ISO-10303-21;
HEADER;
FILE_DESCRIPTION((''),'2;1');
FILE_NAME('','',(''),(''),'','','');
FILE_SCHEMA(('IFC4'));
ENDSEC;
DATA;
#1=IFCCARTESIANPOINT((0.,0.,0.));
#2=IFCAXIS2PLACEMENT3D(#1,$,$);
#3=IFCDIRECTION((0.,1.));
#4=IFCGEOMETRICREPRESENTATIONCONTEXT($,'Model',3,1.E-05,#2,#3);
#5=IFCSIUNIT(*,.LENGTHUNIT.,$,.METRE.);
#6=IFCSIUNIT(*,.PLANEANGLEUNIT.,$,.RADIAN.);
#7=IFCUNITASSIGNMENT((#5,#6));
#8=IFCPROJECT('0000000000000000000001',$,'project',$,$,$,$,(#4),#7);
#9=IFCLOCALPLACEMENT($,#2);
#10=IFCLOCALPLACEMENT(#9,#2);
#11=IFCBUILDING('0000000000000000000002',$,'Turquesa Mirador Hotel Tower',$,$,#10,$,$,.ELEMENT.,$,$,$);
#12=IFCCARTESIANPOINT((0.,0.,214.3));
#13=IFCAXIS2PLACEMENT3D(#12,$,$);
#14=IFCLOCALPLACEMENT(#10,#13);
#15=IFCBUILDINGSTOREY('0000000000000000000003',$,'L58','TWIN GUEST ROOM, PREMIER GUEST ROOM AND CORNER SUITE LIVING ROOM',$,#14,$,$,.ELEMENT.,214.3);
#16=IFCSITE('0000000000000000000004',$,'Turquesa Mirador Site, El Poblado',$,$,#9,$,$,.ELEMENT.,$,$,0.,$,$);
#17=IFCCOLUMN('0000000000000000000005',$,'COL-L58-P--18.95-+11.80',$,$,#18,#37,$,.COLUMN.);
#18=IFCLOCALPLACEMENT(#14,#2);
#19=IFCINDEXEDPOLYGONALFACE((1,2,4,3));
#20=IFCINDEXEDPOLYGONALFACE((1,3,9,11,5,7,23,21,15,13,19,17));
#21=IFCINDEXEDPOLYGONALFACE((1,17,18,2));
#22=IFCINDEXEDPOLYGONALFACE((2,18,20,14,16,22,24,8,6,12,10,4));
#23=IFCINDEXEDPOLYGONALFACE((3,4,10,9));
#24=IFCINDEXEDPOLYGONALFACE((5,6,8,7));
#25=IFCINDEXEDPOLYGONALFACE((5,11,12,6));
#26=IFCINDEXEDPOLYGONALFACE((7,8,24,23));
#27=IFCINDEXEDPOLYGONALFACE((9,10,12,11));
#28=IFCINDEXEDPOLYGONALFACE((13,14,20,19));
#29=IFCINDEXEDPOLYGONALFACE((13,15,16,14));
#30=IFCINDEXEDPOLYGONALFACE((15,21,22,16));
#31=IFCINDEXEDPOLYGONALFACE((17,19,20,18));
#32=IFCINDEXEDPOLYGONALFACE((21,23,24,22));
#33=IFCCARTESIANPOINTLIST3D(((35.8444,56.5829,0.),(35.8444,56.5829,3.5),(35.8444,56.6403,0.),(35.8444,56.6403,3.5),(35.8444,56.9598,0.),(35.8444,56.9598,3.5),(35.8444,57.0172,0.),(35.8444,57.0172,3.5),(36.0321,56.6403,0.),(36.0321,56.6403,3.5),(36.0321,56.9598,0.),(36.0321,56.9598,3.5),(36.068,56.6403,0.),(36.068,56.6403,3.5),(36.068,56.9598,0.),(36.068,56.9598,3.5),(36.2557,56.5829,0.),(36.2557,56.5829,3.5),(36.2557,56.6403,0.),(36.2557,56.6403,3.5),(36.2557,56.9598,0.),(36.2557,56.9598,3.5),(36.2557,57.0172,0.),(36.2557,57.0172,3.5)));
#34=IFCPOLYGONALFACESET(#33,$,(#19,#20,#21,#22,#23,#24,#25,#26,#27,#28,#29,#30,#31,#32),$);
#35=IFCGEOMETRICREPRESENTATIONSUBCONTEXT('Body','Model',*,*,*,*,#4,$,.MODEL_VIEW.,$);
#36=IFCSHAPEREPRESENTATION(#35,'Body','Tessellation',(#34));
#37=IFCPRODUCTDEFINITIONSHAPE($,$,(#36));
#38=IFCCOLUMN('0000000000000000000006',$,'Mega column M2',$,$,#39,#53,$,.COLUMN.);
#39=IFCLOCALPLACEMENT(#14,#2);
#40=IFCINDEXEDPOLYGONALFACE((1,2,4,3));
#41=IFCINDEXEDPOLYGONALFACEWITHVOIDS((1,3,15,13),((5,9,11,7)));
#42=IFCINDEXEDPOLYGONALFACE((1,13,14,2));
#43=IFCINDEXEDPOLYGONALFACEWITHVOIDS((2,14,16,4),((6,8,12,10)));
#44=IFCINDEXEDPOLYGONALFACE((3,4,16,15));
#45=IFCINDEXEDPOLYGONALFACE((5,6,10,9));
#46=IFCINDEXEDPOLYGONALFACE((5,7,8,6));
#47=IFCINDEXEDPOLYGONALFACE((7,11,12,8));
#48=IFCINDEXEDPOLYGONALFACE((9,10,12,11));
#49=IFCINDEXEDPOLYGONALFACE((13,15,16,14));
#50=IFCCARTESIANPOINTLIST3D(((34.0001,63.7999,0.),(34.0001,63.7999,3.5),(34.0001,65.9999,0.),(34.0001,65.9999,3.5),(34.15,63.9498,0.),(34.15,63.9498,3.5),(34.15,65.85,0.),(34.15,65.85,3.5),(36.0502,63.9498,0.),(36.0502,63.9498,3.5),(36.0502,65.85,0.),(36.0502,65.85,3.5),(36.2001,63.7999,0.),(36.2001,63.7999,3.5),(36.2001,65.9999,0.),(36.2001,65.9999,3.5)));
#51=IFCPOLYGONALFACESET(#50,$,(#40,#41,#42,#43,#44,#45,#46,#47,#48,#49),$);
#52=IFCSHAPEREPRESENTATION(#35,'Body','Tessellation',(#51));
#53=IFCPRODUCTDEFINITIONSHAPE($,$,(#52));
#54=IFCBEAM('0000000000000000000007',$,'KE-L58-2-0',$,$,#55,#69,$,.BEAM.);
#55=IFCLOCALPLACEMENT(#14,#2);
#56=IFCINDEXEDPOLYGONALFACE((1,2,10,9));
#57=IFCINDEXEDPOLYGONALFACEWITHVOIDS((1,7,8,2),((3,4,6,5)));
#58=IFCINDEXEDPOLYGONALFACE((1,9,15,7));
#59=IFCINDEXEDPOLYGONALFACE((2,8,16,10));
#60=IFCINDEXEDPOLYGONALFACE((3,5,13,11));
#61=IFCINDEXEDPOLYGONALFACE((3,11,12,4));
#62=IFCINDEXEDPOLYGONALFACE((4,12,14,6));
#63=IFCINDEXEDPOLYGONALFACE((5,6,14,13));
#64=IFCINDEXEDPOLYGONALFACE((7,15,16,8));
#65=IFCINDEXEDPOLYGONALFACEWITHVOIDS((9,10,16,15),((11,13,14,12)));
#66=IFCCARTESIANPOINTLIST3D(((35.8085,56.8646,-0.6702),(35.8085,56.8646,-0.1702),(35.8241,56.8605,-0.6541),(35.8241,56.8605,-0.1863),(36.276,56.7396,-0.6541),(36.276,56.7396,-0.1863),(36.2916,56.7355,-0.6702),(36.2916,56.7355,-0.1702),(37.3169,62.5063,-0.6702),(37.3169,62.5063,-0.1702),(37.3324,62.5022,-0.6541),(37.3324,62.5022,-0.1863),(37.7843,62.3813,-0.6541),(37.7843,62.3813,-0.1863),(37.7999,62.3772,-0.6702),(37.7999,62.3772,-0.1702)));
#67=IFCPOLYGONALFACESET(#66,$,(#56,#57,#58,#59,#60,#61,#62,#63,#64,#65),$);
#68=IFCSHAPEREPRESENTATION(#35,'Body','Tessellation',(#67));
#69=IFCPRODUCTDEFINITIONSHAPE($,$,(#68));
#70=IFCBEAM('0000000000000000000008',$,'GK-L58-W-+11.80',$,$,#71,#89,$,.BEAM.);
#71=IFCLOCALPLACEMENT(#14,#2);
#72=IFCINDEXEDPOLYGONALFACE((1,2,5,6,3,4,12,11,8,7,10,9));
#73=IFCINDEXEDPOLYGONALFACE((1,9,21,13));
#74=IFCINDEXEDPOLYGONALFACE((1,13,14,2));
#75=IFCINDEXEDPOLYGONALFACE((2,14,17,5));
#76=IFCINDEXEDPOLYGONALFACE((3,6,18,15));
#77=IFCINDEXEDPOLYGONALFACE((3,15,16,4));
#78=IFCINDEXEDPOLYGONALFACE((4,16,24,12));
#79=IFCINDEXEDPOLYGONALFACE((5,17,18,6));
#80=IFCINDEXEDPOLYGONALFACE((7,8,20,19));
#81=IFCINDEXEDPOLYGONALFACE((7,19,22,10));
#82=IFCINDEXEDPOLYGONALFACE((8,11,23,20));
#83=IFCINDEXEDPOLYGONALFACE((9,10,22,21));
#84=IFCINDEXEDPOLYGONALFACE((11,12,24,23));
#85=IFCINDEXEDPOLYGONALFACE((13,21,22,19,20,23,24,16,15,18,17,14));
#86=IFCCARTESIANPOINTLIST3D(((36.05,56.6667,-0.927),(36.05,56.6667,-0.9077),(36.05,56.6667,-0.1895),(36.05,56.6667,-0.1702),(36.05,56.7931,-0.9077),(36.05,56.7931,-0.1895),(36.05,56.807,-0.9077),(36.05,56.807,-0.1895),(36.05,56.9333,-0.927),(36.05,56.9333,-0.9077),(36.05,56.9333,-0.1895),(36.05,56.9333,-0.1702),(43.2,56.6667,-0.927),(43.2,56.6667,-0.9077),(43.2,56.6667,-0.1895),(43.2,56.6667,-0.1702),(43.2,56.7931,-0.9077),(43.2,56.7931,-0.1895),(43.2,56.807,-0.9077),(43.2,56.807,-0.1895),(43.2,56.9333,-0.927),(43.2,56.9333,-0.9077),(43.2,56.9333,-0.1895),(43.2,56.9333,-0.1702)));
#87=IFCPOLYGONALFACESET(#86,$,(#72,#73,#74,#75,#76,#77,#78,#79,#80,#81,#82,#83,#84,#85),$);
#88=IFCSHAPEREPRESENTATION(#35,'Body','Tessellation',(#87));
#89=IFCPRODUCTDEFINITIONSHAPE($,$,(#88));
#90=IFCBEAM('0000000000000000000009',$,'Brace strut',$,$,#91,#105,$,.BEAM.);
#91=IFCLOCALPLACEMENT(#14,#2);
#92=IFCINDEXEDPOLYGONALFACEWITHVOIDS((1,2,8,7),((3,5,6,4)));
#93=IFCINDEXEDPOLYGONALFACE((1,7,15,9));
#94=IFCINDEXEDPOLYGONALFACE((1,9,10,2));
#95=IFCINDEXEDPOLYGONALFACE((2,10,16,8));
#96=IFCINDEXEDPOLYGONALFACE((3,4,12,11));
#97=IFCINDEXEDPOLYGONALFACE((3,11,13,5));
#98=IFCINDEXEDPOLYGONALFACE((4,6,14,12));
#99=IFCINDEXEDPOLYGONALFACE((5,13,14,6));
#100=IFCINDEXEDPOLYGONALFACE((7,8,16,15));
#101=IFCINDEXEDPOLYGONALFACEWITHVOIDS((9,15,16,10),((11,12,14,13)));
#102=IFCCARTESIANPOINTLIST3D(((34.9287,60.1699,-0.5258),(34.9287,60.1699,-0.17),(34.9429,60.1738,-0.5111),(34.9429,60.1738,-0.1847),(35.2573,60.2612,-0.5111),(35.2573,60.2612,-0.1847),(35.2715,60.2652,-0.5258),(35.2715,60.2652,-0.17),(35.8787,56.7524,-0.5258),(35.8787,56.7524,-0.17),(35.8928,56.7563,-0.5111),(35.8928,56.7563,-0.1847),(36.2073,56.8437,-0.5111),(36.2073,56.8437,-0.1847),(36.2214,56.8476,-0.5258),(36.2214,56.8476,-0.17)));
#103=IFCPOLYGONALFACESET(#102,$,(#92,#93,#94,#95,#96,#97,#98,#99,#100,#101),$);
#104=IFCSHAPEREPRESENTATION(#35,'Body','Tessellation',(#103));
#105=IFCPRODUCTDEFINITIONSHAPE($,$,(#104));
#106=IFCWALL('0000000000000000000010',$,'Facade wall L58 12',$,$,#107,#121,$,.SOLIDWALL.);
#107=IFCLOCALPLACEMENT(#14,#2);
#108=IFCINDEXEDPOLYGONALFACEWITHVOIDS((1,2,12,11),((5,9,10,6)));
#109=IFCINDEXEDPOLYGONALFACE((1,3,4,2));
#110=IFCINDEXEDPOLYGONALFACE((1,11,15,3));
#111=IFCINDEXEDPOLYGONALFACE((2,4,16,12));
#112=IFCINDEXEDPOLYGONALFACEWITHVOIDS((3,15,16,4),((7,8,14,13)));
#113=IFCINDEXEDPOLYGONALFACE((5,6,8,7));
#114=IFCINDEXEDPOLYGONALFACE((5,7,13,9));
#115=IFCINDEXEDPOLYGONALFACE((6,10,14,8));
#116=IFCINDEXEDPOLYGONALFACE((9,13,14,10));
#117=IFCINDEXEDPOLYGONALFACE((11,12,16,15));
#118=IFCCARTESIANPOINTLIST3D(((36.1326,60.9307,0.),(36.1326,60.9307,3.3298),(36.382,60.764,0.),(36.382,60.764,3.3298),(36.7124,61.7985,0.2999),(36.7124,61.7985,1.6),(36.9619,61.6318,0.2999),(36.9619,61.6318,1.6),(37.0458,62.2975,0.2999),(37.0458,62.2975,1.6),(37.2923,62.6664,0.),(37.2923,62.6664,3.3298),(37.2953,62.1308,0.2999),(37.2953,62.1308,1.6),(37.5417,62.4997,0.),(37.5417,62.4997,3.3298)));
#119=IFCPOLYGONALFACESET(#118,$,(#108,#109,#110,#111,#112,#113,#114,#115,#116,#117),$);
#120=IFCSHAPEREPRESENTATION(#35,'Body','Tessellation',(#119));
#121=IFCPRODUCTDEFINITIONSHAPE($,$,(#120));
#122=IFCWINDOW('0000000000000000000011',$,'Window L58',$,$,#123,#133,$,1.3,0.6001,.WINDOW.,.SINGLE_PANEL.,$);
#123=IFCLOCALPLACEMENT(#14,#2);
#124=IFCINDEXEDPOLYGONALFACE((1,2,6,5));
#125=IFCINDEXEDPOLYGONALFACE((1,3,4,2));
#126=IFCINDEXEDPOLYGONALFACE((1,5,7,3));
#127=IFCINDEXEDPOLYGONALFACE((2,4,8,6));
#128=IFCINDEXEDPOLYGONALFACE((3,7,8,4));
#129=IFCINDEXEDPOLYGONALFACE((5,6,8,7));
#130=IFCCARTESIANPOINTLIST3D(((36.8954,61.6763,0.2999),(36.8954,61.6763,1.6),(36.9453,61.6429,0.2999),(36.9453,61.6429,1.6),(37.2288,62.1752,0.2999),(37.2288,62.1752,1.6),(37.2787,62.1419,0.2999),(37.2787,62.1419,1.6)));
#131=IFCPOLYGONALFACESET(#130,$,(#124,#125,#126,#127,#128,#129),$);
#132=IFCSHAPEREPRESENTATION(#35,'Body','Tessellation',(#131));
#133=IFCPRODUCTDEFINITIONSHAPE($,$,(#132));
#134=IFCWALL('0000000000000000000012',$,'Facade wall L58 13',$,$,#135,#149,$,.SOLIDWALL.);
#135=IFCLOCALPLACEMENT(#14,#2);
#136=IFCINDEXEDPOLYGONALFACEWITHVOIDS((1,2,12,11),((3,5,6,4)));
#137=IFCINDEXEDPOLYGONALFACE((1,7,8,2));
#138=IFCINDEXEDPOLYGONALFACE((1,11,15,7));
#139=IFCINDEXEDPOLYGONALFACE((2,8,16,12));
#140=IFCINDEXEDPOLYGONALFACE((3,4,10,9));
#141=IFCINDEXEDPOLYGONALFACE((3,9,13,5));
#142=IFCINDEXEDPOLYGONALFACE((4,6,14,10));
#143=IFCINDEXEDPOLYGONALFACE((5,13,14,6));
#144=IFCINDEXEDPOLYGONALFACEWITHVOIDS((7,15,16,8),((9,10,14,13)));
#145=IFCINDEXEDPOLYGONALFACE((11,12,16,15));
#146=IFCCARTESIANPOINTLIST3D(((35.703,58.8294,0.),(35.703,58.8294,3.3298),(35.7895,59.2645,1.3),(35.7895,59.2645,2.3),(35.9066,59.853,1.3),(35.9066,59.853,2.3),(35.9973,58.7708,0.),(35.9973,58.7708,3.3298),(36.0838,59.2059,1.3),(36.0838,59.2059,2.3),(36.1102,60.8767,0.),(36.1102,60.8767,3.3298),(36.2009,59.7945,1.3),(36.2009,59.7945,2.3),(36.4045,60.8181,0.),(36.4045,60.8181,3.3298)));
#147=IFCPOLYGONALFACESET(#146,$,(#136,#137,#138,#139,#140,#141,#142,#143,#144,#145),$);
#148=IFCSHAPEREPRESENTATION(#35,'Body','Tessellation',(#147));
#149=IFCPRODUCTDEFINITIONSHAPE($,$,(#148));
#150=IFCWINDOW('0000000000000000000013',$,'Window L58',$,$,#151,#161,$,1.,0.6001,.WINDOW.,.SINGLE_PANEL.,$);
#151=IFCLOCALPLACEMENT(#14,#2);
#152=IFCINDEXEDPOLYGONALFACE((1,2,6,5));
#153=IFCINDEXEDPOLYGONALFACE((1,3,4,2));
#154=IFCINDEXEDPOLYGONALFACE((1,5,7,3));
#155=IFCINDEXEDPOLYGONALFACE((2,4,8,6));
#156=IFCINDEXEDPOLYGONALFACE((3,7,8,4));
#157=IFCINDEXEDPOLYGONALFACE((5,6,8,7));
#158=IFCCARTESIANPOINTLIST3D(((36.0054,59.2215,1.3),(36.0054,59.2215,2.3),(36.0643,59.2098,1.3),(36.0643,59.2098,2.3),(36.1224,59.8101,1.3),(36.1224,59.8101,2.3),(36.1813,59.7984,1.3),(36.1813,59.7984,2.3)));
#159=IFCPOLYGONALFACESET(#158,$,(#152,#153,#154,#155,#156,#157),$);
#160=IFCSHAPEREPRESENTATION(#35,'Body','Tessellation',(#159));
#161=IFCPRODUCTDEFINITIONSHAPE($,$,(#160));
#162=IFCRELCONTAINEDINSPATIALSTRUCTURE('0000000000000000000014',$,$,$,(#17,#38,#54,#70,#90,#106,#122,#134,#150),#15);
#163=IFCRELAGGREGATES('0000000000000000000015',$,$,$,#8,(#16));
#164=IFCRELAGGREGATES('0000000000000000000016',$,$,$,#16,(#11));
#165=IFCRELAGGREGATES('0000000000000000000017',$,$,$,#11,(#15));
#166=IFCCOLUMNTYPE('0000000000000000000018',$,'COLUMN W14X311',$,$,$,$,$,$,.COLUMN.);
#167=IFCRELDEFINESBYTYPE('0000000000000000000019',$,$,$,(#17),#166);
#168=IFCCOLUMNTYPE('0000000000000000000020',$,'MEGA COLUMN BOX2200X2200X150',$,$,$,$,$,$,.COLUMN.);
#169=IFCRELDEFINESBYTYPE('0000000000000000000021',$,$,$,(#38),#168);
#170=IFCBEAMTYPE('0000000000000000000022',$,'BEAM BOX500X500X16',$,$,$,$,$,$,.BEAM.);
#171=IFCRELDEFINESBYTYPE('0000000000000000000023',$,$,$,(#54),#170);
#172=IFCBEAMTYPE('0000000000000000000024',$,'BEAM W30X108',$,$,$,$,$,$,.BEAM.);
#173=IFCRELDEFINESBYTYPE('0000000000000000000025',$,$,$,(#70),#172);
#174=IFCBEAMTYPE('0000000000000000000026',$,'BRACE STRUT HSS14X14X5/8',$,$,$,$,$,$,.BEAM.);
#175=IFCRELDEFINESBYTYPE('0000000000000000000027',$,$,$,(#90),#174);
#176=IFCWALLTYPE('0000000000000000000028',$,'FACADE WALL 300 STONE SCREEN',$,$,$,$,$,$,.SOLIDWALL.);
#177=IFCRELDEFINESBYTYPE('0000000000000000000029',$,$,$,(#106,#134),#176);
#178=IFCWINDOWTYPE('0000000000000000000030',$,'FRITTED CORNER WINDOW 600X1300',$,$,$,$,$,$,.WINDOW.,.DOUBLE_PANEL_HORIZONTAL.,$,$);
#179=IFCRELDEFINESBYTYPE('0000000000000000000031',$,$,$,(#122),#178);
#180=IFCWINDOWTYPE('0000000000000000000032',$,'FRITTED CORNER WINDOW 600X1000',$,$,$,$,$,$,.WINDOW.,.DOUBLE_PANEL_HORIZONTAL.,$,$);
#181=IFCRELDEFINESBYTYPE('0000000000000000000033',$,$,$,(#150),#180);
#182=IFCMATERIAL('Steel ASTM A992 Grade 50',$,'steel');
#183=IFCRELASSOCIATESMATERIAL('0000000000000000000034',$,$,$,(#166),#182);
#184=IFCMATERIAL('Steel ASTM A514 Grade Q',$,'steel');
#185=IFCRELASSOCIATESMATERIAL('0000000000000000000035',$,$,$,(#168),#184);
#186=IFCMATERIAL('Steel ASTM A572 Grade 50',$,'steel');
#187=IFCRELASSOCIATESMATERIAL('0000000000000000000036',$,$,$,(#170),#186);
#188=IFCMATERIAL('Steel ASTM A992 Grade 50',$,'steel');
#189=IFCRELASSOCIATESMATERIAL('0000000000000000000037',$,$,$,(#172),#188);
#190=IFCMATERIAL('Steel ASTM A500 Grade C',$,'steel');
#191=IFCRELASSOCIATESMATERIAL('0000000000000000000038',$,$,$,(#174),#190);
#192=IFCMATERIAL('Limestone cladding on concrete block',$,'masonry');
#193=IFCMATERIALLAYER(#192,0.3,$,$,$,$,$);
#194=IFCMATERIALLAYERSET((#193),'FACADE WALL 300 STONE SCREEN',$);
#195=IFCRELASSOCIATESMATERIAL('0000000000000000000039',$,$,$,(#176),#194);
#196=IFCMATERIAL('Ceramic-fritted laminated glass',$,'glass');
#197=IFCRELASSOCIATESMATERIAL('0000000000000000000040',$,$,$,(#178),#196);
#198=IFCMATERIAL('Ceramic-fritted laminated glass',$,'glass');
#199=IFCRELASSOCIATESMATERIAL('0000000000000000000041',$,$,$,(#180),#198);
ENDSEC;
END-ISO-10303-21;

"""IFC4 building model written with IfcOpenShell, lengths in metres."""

from ifc_helpers import new_model, si_unit, direction, frame, frame_2d, origin, origin_2d, place, context, subcontext, project, spatial, rectangle, hollow_rectangle, i_section, extrude, material, layer, layer_set, material_profile, profile_set, type_object, element, fill, save


model = new_model("IFC4")

# Units and contexts
model_context = context("Model", 3, precision=1e-05, world=origin(), true_north=direction((0.0, 1.0)))
body_context = subcontext(model_context, "Body", "Model", "MODEL_VIEW")
ifc_project = project(units=[si_unit("LENGTHUNIT", "METRE"), si_unit("PLANEANGLEUNIT", "RADIAN")], contexts=[model_context])

# Site, building, storey
site_placement = place(None, origin())
site = spatial("IfcSite", under=ifc_project, at=site_placement, Name="Turquesa Mirador Site, El Poblado", CompositionType="ELEMENT", RefElevation=0.0)
building_placement = place(site_placement, origin())
building = spatial("IfcBuilding", under=site, at=building_placement, Name="Turquesa Mirador Hotel Tower", CompositionType="ELEMENT")
storey_placement = place(building_placement, frame((0.0, 0.0, 214.3)))
storey = spatial("IfcBuildingStorey", under=building, at=storey_placement, Name="L58", Description="TWIN GUEST ROOM, PREMIER GUEST ROOM AND CORNER SUITE LIVING ROOM", CompositionType="ELEMENT", Elevation=214.3)

# Columns
ifc_material_1 = material(Name="Steel ASTM A992 Grade 50", Category="steel")
ifc_material_profile_1 = material_profile(ifc_material_1, i_section(OverallWidth=0.4114, OverallDepth=0.4343, WebThickness=0.0359, FlangeThickness=0.0574, at=origin_2d()), Name="W14X311")
ifc_profile_set_1 = profile_set([ifc_material_profile_1], Name="Steel ASTM A992 Grade 50")
column_type_1 = type_object("IfcColumnType", Name="COLUMN W14X311", PredefinedType="COLUMN", material=ifc_profile_set_1)
column_1_placement = place(storey_placement, frame((36.05, 56.8, 0.0), z_axis=(0.0, 0.0, 1.0), x_axis=(1.0, 0.0, 0.0)))
element("IfcColumn", 1, at=column_1_placement, inside=storey, type_object=column_type_1, Name="COL-L58-P--18.95-+11.80", PredefinedType="COLUMN", context=body_context, shape_type="SweptSolid", body=[
    extrude(i_section(OverallWidth=0.4114, OverallDepth=0.4343, WebThickness=0.0359, FlangeThickness=0.0574, at=origin_2d()), origin(), (0.0, 0.0, 1.0), 3.5),
])
ifc_material_2 = material(Name="Steel ASTM A514 Grade Q", Category="steel")
ifc_material_profile_2 = material_profile(ifc_material_2, hollow_rectangle(XDim=2.2, YDim=2.2, WallThickness=0.1499, at=origin_2d()), Name="BOX2200X2200X150")
ifc_profile_set_2 = profile_set([ifc_material_profile_2], Name="Steel ASTM A514 Grade Q")
column_type_2 = type_object("IfcColumnType", Name="MEGA COLUMN BOX2200X2200X150", PredefinedType="COLUMN", material=ifc_profile_set_2)
column_2_placement = place(storey_placement, frame((35.1001, 64.8999, 0.0), z_axis=(0.0, 0.0, 1.0), x_axis=(1.0, 0.0, 0.0)))
element("IfcColumn", 2, at=column_2_placement, inside=storey, type_object=column_type_2, Name="Mega column M2", PredefinedType="COLUMN", context=body_context, shape_type="SweptSolid", body=[
    extrude(hollow_rectangle(XDim=2.2, YDim=2.2, WallThickness=0.1499, at=origin_2d()), origin(), (0.0, 0.0, 1.0), 3.5),
])

# Beams
ifc_material_3 = material(Name="Steel ASTM A572 Grade 50", Category="steel")
ifc_material_profile_3 = material_profile(ifc_material_3, hollow_rectangle(XDim=0.5, YDim=0.5, WallThickness=0.0161, at=origin_2d()), Name="BOX500X500X16")
ifc_profile_set_3 = profile_set([ifc_material_profile_3], Name="Steel ASTM A572 Grade 50")
beam_type_1 = type_object("IfcBeamType", Name="BEAM BOX500X500X16", PredefinedType="BEAM", material=ifc_profile_set_3)
beam_1_placement = place(storey_placement, frame((36.05, 56.8, -0.4202), z_axis=(0.258282, 0.96607, 0.0), x_axis=(-0.96607, 0.258282, 0.0)))
element("IfcBeam", 3, at=beam_1_placement, inside=storey, type_object=beam_type_1, Name="KE-L58-2-0", PredefinedType="BEAM", context=body_context, shape_type="SweptSolid", body=[
    extrude(hollow_rectangle(XDim=0.5, YDim=0.5, WallThickness=0.0161, at=origin_2d()), origin(), (0.0, 0.0, 1.0), 5.8398),
])
ifc_material_4 = material(Name="Steel ASTM A992 Grade 50", Category="steel")
ifc_material_profile_4 = material_profile(ifc_material_4, i_section(OverallWidth=0.2666, OverallDepth=0.7568, WebThickness=0.0139, FlangeThickness=0.0193, at=origin_2d()), Name="W30X108")
ifc_profile_set_4 = profile_set([ifc_material_profile_4], Name="Steel ASTM A992 Grade 50")
beam_type_2 = type_object("IfcBeamType", Name="BEAM W30X108", PredefinedType="BEAM", material=ifc_profile_set_4)
beam_2_placement = place(storey_placement, frame((36.05, 56.8, -0.5486), z_axis=(1.0, 0.0, 0.0), x_axis=(0.0, 1.0, 0.0)))
element("IfcBeam", 4, at=beam_2_placement, inside=storey, type_object=beam_type_2, Name="GK-L58-W-+11.80", PredefinedType="BEAM", context=body_context, shape_type="SweptSolid", body=[
    extrude(i_section(OverallWidth=0.2666, OverallDepth=0.7568, WebThickness=0.0139, FlangeThickness=0.0193, at=origin_2d()), origin(), (0.0, 0.0, 1.0), 7.1499),
])
ifc_material_5 = material(Name="Steel ASTM A500 Grade C", Category="steel")
ifc_material_profile_5 = material_profile(ifc_material_5, hollow_rectangle(XDim=0.3557, YDim=0.3557, WallThickness=0.0146, at=origin_2d()), Name="HSS14X14X5/8")
ifc_profile_set_5 = profile_set([ifc_material_profile_5], Name="Steel ASTM A500 Grade C")
beam_type_3 = type_object("IfcBeamType", Name="BRACE STRUT HSS14X14X5/8", PredefinedType="BEAM", material=ifc_profile_set_5)
beam_3_placement = place(storey_placement, frame((35.1001, 60.2175, -0.3479), z_axis=(0.267814, -0.963471, 0.0), x_axis=(0.963471, 0.267814, 0.0)))
element("IfcBeam", 5, at=beam_3_placement, inside=storey, type_object=beam_type_3, Name="Brace strut", PredefinedType="BEAM", context=body_context, shape_type="SweptSolid", body=[
    extrude(hollow_rectangle(XDim=0.3557, YDim=0.3557, WallThickness=0.0146, at=origin_2d()), origin(), (0.0, 0.0, 1.0), 3.5471),
])

# Walls, openings, windows
ifc_material_6 = material(Name="Limestone cladding on concrete block", Category="masonry")
ifc_layer = layer(ifc_material_6, 0.3)
ifc_layer_set = layer_set([ifc_layer], Name="FACADE WALL 300 STONE SCREEN")
wall_type = type_object("IfcWallType", Name="FACADE WALL 300 STONE SCREEN", PredefinedType="SOLIDWALL", material=ifc_layer_set)
wall_1_placement = place(storey_placement, frame((37.417, 62.583, 0.0), z_axis=(0.0, 0.0, 1.0), x_axis=(-0.555564, -0.831474, 0.0)))
wall_1 = element("IfcWall", 6, at=wall_1_placement, inside=storey, type_object=wall_type, Name="Facade wall L58 12", PredefinedType="SOLIDWALL", context=body_context, shape_type="SweptSolid", body=[
    extrude(rectangle(XDim=2.0874, YDim=0.3, at=frame_2d((1.0437, 0.0))), origin(), (0.0, 0.0, 1.0), 3.3298),
])
opening_1_placement = place(wall_1_placement, frame((0.4436, 0.0, 0.3)))
opening_1 = element("IfcOpeningElement", 7, at=opening_1_placement, cuts=wall_1, PredefinedType="OPENING", context=body_context, shape_type="SweptSolid", body=[
    extrude(rectangle(XDim=0.6001, YDim=1.3, at=frame_2d((0.3, 0.6499))), frame((0.0, 0.1599, 0.0), z_axis=(0.0, -1.0, 0.0), x_axis=(1.0, 0.0, 0.0)), (0.0, 0.0, 1.0), 0.3201),
])
ifc_material_7 = material(Name="Ceramic-fritted laminated glass", Category="glass")
window_type_1 = type_object("IfcWindowType", Name="FRITTED CORNER WINDOW 600X1300", PartitioningType="DOUBLE_PANEL_HORIZONTAL", PredefinedType="WINDOW", material=ifc_material_7)
window_1_placement = place(opening_1_placement, origin())
window_1 = element("IfcWindow", 8, at=window_1_placement, inside=storey, type_object=window_type_1, Name="Window L58", OverallHeight=1.3, OverallWidth=0.6001, PartitioningType="SINGLE_PANEL", PredefinedType="WINDOW", context=body_context, shape_type="SweptSolid", body=[
    extrude(rectangle(XDim=0.6001, YDim=1.3, at=frame_2d((0.3, 0.6499))), frame((0.0, 0.1301, 0.0), z_axis=(0.0, -1.0, 0.0), x_axis=(1.0, 0.0, 0.0)), (0.0, 0.0, 1.0), 0.0601),
])
fill(opening_1, window_1)
wall_2_placement = place(storey_placement, frame((36.2573, 60.8474, 0.0), z_axis=(0.0, 0.0, 1.0), x_axis=(-0.195081, -0.980787, 0.0)))
wall_2 = element("IfcWall", 9, at=wall_2_placement, inside=storey, type_object=wall_type, Name="Facade wall L58 13", PredefinedType="SOLIDWALL", context=body_context, shape_type="SweptSolid", body=[
    extrude(rectangle(XDim=2.0874, YDim=0.3, at=frame_2d((1.0437, 0.0))), origin(), (0.0, 0.0, 1.0), 3.3298),
])
opening_2_placement = place(wall_2_placement, frame((1.0437, 0.0, 1.3)))
opening_2 = element("IfcOpeningElement", 10, at=opening_2_placement, cuts=wall_2, PredefinedType="OPENING", context=body_context, shape_type="SweptSolid", body=[
    extrude(rectangle(XDim=0.6001, YDim=1.0, at=frame_2d((0.3, 0.5))), frame((0.0, 0.1599, 0.0), z_axis=(0.0, -1.0, 0.0), x_axis=(1.0, 0.0, 0.0)), (0.0, 0.0, 1.0), 0.3201),
])
ifc_material_8 = material(Name="Ceramic-fritted laminated glass", Category="glass")
window_type_2 = type_object("IfcWindowType", Name="FRITTED CORNER WINDOW 600X1000", PartitioningType="DOUBLE_PANEL_HORIZONTAL", PredefinedType="WINDOW", material=ifc_material_8)
window_2_placement = place(opening_2_placement, origin())
window_2 = element("IfcWindow", 11, at=window_2_placement, inside=storey, type_object=window_type_2, Name="Window L58", OverallHeight=1.0, OverallWidth=0.6001, PartitioningType="SINGLE_PANEL", PredefinedType="WINDOW", context=body_context, shape_type="SweptSolid", body=[
    extrude(rectangle(XDim=0.6001, YDim=1.0, at=frame_2d((0.3, 0.5))), frame((0.0, 0.1301, 0.0), z_axis=(0.0, -1.0, 0.0), x_axis=(1.0, 0.0, 0.0)), (0.0, 0.0, 1.0), 0.0601),
])
fill(opening_2, window_2)

save(model, "model.ifc")
